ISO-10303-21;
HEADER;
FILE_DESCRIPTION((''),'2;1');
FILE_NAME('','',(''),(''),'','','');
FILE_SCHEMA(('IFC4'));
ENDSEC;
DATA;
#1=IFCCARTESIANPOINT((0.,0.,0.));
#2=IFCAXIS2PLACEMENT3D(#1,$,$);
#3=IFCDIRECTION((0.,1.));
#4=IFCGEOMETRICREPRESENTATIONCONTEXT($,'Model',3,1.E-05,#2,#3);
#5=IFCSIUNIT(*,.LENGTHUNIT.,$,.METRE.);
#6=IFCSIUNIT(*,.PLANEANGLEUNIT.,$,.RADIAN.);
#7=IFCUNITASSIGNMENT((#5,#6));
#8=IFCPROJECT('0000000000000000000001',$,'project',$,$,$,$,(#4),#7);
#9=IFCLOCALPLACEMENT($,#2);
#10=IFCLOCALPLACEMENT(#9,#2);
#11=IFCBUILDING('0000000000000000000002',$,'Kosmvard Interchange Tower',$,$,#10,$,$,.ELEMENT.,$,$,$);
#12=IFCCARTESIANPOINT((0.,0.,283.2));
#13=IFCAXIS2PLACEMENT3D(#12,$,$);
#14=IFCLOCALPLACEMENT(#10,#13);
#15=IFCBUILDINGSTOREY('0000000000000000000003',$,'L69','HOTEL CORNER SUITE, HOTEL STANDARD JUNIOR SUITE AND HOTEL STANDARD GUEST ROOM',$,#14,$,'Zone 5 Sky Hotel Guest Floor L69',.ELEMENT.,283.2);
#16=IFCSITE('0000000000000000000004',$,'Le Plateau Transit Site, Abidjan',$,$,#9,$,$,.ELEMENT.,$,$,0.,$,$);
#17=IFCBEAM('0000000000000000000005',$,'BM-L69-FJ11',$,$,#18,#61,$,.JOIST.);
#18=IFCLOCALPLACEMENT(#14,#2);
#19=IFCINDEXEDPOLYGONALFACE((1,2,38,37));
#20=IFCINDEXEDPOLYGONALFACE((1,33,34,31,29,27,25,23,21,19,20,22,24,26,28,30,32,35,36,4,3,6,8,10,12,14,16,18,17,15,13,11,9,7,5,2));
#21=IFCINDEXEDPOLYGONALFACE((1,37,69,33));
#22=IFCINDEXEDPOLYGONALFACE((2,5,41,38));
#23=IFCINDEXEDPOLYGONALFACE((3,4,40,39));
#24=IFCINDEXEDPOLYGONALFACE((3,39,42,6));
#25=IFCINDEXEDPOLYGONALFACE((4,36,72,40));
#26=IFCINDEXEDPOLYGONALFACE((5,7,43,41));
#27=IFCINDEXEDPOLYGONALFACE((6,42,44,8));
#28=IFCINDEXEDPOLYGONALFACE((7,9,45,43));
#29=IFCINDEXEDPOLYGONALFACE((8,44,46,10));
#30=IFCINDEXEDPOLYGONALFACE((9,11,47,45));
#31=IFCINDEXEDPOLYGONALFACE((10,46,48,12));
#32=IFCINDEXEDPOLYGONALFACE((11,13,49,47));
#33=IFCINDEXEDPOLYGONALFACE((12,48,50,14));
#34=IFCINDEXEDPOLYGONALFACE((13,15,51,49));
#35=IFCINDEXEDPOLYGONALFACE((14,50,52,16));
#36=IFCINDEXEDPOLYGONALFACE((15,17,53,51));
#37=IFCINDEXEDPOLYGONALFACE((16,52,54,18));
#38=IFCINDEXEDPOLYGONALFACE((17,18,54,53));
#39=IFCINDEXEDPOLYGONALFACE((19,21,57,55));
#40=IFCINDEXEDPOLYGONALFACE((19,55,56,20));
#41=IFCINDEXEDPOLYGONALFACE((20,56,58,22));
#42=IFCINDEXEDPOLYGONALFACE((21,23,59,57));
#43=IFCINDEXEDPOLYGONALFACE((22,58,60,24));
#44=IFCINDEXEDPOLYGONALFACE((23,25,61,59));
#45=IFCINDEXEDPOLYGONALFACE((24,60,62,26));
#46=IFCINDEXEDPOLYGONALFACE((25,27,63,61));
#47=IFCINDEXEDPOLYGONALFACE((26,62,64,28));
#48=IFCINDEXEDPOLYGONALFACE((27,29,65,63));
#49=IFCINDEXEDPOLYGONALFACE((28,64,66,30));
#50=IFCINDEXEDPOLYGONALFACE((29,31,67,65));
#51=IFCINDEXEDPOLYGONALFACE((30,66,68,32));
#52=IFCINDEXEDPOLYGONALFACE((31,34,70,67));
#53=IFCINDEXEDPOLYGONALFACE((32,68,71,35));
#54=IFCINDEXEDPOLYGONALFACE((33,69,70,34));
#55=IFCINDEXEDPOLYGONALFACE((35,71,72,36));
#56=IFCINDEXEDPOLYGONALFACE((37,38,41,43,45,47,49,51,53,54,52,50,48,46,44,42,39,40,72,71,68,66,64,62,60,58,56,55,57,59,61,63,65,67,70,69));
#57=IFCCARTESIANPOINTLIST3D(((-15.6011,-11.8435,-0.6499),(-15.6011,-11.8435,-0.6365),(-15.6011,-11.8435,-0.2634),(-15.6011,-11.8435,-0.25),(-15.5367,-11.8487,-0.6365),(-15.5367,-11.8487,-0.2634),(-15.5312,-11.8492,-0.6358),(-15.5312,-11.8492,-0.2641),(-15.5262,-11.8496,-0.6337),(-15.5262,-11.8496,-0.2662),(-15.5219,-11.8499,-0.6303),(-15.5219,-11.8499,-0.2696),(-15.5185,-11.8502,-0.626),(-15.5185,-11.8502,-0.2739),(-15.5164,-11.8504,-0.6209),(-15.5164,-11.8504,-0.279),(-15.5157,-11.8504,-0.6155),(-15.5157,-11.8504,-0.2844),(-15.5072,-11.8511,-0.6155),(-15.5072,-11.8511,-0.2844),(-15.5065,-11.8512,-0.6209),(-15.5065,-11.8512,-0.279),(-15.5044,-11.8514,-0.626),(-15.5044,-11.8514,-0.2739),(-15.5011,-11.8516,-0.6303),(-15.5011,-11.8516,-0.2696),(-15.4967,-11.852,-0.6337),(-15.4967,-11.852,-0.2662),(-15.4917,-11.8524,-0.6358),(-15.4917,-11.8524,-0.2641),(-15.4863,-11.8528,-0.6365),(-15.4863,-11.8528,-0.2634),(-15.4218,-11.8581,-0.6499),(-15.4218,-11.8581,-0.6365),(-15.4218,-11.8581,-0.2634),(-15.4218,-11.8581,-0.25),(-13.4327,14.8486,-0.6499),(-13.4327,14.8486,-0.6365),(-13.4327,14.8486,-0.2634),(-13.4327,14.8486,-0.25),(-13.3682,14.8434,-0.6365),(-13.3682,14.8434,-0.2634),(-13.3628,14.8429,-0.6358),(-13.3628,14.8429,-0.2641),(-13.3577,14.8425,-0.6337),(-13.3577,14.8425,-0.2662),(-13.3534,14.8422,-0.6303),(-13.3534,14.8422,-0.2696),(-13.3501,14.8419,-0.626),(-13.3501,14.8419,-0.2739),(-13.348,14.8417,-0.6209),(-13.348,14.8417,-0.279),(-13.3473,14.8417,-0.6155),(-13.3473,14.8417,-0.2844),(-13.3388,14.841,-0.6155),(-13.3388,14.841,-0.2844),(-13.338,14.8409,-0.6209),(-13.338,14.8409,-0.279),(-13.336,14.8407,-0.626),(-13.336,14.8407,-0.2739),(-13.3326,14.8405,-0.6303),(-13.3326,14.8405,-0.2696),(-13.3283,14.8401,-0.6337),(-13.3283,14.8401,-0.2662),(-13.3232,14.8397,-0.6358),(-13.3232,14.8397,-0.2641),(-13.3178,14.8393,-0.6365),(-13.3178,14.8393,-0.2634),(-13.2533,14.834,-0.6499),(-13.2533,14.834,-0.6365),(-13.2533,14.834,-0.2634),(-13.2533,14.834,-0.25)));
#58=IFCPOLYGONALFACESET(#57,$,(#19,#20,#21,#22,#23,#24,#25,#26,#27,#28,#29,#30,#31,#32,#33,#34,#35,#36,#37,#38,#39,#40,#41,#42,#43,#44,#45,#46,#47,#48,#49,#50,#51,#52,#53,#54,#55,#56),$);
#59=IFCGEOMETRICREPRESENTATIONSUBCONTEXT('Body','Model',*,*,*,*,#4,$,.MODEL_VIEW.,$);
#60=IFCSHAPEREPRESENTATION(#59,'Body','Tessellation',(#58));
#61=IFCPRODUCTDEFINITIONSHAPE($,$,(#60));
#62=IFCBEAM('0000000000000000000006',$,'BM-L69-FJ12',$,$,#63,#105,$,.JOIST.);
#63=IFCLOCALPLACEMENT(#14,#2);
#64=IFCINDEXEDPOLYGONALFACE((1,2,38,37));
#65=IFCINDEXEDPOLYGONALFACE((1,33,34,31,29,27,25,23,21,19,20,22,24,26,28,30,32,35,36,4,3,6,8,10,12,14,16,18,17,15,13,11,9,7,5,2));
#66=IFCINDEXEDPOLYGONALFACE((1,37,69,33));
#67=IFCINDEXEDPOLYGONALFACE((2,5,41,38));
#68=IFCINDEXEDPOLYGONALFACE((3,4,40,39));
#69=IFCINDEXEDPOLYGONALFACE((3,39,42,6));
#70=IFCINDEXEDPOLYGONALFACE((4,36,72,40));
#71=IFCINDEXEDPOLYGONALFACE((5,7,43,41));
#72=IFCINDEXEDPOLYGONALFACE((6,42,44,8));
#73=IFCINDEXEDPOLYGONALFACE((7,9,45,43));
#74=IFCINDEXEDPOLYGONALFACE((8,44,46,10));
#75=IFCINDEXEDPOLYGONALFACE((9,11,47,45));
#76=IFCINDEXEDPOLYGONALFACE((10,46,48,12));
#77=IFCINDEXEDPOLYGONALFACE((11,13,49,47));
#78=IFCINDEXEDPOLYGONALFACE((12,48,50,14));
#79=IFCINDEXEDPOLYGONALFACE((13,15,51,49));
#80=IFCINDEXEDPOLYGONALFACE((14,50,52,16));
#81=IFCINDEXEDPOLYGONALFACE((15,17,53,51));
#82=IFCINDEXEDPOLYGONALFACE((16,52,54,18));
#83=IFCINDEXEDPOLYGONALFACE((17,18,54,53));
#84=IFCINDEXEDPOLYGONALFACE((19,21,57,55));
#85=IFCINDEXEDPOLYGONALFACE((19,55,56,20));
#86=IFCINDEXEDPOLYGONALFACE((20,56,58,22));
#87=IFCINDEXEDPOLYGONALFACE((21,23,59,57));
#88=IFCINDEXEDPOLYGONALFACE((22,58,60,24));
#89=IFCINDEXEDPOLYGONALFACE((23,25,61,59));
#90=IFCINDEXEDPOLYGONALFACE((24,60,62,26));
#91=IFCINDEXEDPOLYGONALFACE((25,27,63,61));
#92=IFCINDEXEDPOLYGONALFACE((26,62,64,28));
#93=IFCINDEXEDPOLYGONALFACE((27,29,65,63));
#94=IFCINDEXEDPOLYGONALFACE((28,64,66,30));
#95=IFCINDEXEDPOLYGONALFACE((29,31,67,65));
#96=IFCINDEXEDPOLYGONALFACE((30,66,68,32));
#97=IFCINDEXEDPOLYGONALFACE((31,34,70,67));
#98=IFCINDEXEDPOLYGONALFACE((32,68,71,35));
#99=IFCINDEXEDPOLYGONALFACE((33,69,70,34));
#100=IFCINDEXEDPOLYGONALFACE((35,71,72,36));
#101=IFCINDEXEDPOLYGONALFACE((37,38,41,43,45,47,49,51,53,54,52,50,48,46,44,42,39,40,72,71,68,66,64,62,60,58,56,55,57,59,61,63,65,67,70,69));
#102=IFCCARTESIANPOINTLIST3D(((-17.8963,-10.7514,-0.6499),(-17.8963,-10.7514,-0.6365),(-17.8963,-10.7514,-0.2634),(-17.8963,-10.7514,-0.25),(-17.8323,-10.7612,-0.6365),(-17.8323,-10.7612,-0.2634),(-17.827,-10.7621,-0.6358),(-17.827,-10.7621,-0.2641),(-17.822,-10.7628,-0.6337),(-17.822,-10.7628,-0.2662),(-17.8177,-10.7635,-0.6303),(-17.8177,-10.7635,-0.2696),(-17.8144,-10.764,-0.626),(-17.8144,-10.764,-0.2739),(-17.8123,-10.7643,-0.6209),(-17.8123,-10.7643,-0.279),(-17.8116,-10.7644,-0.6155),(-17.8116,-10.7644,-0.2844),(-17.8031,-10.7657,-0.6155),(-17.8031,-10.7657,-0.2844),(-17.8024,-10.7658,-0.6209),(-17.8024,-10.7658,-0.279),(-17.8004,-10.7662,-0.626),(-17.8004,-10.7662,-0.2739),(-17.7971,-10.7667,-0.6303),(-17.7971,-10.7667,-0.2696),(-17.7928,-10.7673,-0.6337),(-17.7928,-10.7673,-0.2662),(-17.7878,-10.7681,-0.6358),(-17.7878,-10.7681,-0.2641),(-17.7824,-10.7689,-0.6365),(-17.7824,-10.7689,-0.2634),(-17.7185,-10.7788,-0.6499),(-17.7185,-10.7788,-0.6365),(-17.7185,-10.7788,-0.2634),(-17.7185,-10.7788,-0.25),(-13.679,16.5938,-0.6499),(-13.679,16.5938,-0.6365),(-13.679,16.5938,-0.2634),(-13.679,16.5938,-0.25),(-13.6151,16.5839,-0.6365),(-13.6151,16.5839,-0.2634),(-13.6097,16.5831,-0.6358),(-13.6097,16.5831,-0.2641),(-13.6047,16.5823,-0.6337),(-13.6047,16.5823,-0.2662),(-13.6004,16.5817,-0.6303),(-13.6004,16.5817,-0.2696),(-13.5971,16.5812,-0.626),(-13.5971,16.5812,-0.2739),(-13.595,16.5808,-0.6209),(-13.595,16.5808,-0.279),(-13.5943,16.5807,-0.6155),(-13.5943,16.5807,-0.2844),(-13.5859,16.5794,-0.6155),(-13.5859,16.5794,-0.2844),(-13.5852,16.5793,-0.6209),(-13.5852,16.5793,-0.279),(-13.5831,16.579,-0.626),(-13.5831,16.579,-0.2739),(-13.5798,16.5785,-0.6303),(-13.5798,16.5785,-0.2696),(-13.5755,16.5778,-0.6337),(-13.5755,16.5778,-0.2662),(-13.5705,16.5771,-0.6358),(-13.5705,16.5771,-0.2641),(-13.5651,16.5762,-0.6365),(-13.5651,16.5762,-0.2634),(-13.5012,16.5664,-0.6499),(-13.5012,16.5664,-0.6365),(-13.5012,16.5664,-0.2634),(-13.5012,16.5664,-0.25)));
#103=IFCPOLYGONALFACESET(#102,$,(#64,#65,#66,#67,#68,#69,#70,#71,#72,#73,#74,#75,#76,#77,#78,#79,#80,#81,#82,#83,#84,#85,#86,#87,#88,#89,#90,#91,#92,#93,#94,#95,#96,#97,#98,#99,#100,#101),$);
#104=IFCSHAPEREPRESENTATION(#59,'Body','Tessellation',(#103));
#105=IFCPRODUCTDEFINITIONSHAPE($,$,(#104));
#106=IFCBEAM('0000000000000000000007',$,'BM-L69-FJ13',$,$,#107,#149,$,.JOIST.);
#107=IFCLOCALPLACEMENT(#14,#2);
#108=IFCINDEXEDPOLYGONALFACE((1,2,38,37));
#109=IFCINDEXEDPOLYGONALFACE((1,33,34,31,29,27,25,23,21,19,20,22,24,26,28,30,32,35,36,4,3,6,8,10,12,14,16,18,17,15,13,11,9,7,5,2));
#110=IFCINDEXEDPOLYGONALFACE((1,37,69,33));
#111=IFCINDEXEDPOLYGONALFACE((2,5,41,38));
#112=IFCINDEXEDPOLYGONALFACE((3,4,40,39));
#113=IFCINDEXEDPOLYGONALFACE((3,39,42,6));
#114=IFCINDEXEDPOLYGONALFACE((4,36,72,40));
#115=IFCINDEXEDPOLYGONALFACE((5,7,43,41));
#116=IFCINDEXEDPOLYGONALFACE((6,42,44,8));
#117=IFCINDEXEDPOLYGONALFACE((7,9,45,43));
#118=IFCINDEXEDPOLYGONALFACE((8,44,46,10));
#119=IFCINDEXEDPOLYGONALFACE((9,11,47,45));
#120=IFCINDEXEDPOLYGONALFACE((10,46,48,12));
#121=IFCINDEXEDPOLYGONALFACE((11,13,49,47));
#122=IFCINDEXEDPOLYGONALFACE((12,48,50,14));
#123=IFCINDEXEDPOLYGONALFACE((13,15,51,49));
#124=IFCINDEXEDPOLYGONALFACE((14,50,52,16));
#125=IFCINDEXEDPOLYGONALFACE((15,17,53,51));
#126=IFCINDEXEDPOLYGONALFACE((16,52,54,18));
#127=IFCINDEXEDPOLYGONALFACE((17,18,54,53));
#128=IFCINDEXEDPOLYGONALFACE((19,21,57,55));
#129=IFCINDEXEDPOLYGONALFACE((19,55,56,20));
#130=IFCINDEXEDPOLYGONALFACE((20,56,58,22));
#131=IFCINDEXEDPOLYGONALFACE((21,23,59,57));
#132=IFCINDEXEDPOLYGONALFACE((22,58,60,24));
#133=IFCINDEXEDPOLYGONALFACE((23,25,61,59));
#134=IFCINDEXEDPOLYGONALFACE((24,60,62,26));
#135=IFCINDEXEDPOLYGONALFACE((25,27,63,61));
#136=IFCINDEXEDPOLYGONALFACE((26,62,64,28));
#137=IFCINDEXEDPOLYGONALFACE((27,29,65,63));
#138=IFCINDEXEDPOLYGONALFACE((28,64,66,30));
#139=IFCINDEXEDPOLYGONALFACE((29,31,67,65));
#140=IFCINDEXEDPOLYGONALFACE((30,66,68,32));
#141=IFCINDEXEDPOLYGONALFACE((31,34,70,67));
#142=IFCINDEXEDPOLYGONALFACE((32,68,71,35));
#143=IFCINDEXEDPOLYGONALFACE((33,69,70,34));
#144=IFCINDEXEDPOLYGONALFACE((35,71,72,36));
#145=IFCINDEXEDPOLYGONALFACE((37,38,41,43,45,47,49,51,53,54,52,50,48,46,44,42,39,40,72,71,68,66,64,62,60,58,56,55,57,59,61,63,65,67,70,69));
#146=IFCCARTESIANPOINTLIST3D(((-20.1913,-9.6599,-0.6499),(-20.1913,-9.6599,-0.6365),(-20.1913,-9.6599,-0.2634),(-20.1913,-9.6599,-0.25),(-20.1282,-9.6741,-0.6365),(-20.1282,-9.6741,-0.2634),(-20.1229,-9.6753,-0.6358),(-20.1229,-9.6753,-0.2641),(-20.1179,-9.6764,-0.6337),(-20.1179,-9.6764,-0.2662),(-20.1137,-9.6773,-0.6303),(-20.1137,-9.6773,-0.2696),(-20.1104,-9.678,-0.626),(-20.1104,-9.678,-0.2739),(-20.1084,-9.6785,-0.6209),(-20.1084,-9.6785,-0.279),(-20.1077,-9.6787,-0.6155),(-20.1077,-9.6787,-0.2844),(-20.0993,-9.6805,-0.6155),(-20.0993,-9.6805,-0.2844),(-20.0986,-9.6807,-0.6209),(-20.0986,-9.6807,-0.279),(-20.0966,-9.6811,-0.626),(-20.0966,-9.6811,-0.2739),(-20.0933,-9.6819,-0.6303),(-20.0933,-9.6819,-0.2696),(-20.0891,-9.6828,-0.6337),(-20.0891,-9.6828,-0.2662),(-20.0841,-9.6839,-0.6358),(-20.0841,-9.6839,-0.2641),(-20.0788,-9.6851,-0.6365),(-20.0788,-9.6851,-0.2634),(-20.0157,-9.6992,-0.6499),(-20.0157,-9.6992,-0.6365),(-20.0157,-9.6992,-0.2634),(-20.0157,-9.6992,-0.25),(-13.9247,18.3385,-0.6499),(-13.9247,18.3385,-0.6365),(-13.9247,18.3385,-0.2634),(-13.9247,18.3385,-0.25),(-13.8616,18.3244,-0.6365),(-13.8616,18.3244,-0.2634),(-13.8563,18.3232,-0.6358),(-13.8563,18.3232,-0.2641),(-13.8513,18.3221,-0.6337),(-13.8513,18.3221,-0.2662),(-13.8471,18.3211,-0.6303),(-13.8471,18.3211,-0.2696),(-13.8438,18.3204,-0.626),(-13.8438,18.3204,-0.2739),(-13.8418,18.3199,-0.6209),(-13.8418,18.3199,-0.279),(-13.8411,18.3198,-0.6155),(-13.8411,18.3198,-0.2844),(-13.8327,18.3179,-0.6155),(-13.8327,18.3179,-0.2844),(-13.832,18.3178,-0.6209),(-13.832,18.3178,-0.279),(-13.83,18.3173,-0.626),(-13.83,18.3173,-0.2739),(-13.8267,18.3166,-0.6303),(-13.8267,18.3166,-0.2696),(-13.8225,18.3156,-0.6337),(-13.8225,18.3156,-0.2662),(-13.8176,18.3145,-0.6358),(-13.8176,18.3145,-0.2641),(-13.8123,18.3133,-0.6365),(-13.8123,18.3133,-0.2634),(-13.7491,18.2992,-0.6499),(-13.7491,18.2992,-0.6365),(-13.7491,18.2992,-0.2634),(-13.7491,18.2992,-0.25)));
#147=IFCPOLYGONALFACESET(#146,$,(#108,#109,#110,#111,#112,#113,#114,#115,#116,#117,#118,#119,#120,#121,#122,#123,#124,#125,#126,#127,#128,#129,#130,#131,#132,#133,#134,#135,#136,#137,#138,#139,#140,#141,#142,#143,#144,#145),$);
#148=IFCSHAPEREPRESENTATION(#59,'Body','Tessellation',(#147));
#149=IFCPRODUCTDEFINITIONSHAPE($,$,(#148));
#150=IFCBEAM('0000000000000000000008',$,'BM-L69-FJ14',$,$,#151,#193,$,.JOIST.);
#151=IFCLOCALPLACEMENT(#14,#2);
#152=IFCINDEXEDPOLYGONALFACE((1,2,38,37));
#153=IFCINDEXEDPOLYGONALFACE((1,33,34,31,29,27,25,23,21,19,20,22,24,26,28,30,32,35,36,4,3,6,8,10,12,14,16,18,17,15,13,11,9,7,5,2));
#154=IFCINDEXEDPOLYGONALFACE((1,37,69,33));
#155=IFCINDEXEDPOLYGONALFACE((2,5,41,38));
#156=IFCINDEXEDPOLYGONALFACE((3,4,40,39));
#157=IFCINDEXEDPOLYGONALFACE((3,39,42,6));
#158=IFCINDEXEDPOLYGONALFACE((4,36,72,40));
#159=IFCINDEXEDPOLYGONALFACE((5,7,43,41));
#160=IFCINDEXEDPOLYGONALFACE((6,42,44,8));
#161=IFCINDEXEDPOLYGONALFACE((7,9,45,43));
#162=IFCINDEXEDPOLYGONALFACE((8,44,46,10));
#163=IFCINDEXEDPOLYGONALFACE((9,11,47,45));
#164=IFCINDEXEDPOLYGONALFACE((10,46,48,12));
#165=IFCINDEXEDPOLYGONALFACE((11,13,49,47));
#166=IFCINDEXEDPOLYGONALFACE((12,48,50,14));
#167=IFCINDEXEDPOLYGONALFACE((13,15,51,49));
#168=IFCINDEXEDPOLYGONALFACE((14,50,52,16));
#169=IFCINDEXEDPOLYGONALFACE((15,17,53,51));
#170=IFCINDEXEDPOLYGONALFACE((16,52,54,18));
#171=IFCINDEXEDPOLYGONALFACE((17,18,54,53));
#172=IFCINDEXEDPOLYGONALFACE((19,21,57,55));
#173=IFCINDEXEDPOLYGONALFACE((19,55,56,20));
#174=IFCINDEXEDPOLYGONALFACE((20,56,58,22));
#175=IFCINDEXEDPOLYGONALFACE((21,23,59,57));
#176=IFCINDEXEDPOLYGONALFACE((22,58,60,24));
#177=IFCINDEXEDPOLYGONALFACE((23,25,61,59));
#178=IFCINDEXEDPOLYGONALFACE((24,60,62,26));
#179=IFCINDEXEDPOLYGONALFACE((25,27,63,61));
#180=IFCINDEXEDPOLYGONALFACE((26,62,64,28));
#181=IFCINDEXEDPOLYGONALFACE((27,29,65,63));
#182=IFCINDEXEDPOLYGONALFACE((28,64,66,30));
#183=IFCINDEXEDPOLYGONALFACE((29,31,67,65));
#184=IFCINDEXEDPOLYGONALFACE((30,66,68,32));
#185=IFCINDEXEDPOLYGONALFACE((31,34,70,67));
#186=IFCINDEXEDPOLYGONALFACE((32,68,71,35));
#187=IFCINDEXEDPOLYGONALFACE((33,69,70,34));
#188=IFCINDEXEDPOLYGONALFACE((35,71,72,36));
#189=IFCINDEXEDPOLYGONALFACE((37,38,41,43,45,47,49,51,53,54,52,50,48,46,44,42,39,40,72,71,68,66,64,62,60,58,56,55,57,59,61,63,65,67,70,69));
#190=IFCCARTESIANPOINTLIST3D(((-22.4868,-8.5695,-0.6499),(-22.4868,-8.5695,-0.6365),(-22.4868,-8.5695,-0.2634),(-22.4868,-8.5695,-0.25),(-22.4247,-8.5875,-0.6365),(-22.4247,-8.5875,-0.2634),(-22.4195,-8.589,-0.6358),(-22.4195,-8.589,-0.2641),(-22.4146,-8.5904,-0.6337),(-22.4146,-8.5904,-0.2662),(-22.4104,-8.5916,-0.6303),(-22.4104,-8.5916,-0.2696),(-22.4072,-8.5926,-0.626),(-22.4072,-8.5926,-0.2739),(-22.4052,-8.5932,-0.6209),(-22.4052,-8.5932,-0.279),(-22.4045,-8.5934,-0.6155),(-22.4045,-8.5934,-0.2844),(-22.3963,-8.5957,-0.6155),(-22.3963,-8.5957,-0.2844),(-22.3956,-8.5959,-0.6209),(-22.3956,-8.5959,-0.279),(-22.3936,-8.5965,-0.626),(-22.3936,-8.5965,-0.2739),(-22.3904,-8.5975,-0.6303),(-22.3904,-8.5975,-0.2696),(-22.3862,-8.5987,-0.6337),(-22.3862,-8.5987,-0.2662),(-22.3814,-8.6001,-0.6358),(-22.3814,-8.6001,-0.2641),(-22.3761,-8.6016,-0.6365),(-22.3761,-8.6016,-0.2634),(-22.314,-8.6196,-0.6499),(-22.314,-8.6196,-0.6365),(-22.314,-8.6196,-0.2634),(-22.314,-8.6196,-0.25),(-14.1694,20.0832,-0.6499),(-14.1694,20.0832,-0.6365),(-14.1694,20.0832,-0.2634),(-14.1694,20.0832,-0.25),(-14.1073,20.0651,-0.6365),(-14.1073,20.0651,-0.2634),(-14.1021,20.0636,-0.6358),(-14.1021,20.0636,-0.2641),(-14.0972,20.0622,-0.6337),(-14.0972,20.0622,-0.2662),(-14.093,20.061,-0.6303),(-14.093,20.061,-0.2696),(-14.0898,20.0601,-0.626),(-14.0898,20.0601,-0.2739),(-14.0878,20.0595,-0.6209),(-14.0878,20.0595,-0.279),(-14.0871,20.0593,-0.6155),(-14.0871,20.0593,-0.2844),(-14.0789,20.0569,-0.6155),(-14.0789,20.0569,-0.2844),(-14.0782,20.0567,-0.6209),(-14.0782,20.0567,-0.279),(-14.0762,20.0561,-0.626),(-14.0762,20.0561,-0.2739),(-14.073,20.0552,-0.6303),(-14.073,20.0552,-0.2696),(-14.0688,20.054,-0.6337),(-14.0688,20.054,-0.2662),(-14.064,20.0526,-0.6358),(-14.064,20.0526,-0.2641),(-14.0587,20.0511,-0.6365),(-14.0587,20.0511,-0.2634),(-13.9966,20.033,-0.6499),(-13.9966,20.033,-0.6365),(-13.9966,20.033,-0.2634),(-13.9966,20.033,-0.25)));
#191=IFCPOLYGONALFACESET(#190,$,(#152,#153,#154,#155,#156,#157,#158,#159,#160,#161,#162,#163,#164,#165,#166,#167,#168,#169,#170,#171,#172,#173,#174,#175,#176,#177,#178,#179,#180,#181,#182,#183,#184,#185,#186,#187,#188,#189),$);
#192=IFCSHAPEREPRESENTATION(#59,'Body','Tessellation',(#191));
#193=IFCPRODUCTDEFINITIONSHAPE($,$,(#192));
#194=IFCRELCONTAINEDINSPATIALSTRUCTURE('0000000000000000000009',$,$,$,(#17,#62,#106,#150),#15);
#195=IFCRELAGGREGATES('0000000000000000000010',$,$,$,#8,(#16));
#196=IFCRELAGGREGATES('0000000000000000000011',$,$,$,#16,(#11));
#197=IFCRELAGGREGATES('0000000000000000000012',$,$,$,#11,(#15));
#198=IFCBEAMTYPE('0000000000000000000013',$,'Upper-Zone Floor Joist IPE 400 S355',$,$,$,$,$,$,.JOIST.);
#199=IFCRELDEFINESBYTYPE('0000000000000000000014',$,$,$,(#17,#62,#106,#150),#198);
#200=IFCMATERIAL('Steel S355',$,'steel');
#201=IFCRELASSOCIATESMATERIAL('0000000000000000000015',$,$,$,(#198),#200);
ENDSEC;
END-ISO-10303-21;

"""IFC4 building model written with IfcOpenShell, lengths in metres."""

from ifc_helpers import new_model, si_unit, direction, frame, origin, origin_2d, place, context, subcontext, project, spatial, i_section, extrude, source, transform, mapped, material, material_profile, profile_set, type_object, element, save


model = new_model("IFC4")

# Units and contexts
model_context = context("Model", 3, precision=1e-05, world=origin(), true_north=direction((0.0, 1.0)))
body_context = subcontext(model_context, "Body", "Model", "MODEL_VIEW")
ifc_project = project(units=[si_unit("LENGTHUNIT", "METRE"), si_unit("PLANEANGLEUNIT", "RADIAN")], contexts=[model_context])

# Site, building, storey
site_placement = place(None, origin())
site = spatial("IfcSite", under=ifc_project, at=site_placement, Name="Le Plateau Transit Site, Abidjan", CompositionType="ELEMENT", RefElevation=0.0)
building_placement = place(site_placement, origin())
building = spatial("IfcBuilding", under=site, at=building_placement, Name="Kosmvard Interchange Tower", CompositionType="ELEMENT")
storey_placement = place(building_placement, frame((0.0, 0.0, 283.2)))
storey = spatial("IfcBuildingStorey", under=building, at=storey_placement, Name="L69", Description="HOTEL CORNER SUITE, HOTEL STANDARD JUNIOR SUITE AND HOTEL STANDARD GUEST ROOM", LongName="Zone 5 Sky Hotel Guest Floor L69", CompositionType="ELEMENT", Elevation=283.2)

# Beams
ifc_material_1 = material(Name="Steel S355", Category="steel")
ifc_material_profile_1 = material_profile(ifc_material_1, i_section(OverallWidth=0.1799, OverallDepth=0.3999, WebThickness=0.0085, FlangeThickness=0.0134, FilletRadius=0.021, at=origin_2d()), Name="IPE 400")
ifc_profile_set_1 = profile_set([ifc_material_profile_1], Name="Steel S355")
beam_type_1 = type_object("IfcBeamType", Name="Upper-Zone Floor Joist IPE 400 S355", PredefinedType="JOIST", material=ifc_profile_set_1)
shared_shape_1 = source(origin(), body_context, "Body", "SweptSolid", [
    extrude(i_section(OverallWidth=0.1799, OverallDepth=0.3999, WebThickness=0.0085, FlangeThickness=0.0134, FilletRadius=0.021, at=origin_2d()), origin(), (0.0, 0.0, 1.0), 26.78),
])
beam_1_placement = place(storey_placement, frame((-13.343, 14.8413, -0.45), z_axis=(-0.080973, -0.996716, 0.0), x_axis=(0.996716, -0.080973, 0.0)))
element("IfcBeam", 1, at=beam_1_placement, inside=storey, type_object=beam_type_1, Name="BM-L69-FJ11", PredefinedType="JOIST", context=body_context, shape_type="MappedRepresentation", body=[
    mapped(shared_shape_1, transform((0.0, 0.0, 0.0), scale=1.0)),
])
shared_shape_2 = source(origin(), body_context, "Body", "SweptSolid", [
    extrude(i_section(OverallWidth=0.1799, OverallDepth=0.3999, WebThickness=0.0085, FlangeThickness=0.0134, FilletRadius=0.021, at=origin_2d()), origin(), (0.0, 0.0, 1.0), 27.6685),
])
beam_2_placement = place(storey_placement, frame((-13.5901, 16.5801, -0.45), z_axis=(-0.152422, -0.988316, 0.0), x_axis=(0.988316, -0.152422, 0.0)))
element("IfcBeam", 2, at=beam_2_placement, inside=storey, type_object=beam_type_1, Name="BM-L69-FJ12", PredefinedType="JOIST", context=body_context, shape_type="MappedRepresentation", body=[
    mapped(shared_shape_2, transform((0.0, 0.0, 0.0), scale=1.0)),
])
shared_shape_3 = source(origin(), body_context, "Body", "SweptSolid", [
    extrude(i_section(OverallWidth=0.1799, OverallDepth=0.3999, WebThickness=0.0085, FlangeThickness=0.0134, FilletRadius=0.021, at=origin_2d()), origin(), (0.0, 0.0, 1.0), 28.6912),
])
beam_3_placement = place(storey_placement, frame((-13.8369, 18.3188, -0.45), z_axis=(-0.218415, -0.975856, 0.0), x_axis=(0.975856, -0.218415, 0.0)))
element("IfcBeam", 3, at=beam_3_placement, inside=storey, type_object=beam_type_1, Name="BM-L69-FJ13", PredefinedType="JOIST", context=body_context, shape_type="MappedRepresentation", body=[
    mapped(shared_shape_3, transform((0.0, 0.0, 0.0), scale=1.0)),
])
shared_shape_4 = source(origin(), body_context, "Body", "SweptSolid", [
    extrude(i_section(OverallWidth=0.1799, OverallDepth=0.3999, WebThickness=0.0085, FlangeThickness=0.0134, FilletRadius=0.021, at=origin_2d()), origin(), (0.0, 0.0, 1.0), 29.8354),
])
beam_4_placement = place(storey_placement, frame((-14.083, 20.0581, -0.45), z_axis=(-0.278776, -0.960356, 0.0), x_axis=(0.960356, -0.278776, 0.0)))
element("IfcBeam", 4, at=beam_4_placement, inside=storey, type_object=beam_type_1, Name="BM-L69-FJ14", PredefinedType="JOIST", context=body_context, shape_type="MappedRepresentation", body=[
    mapped(shared_shape_4, transform((0.0, 0.0, 0.0), scale=1.0)),
])

save(model, "model.ifc")
